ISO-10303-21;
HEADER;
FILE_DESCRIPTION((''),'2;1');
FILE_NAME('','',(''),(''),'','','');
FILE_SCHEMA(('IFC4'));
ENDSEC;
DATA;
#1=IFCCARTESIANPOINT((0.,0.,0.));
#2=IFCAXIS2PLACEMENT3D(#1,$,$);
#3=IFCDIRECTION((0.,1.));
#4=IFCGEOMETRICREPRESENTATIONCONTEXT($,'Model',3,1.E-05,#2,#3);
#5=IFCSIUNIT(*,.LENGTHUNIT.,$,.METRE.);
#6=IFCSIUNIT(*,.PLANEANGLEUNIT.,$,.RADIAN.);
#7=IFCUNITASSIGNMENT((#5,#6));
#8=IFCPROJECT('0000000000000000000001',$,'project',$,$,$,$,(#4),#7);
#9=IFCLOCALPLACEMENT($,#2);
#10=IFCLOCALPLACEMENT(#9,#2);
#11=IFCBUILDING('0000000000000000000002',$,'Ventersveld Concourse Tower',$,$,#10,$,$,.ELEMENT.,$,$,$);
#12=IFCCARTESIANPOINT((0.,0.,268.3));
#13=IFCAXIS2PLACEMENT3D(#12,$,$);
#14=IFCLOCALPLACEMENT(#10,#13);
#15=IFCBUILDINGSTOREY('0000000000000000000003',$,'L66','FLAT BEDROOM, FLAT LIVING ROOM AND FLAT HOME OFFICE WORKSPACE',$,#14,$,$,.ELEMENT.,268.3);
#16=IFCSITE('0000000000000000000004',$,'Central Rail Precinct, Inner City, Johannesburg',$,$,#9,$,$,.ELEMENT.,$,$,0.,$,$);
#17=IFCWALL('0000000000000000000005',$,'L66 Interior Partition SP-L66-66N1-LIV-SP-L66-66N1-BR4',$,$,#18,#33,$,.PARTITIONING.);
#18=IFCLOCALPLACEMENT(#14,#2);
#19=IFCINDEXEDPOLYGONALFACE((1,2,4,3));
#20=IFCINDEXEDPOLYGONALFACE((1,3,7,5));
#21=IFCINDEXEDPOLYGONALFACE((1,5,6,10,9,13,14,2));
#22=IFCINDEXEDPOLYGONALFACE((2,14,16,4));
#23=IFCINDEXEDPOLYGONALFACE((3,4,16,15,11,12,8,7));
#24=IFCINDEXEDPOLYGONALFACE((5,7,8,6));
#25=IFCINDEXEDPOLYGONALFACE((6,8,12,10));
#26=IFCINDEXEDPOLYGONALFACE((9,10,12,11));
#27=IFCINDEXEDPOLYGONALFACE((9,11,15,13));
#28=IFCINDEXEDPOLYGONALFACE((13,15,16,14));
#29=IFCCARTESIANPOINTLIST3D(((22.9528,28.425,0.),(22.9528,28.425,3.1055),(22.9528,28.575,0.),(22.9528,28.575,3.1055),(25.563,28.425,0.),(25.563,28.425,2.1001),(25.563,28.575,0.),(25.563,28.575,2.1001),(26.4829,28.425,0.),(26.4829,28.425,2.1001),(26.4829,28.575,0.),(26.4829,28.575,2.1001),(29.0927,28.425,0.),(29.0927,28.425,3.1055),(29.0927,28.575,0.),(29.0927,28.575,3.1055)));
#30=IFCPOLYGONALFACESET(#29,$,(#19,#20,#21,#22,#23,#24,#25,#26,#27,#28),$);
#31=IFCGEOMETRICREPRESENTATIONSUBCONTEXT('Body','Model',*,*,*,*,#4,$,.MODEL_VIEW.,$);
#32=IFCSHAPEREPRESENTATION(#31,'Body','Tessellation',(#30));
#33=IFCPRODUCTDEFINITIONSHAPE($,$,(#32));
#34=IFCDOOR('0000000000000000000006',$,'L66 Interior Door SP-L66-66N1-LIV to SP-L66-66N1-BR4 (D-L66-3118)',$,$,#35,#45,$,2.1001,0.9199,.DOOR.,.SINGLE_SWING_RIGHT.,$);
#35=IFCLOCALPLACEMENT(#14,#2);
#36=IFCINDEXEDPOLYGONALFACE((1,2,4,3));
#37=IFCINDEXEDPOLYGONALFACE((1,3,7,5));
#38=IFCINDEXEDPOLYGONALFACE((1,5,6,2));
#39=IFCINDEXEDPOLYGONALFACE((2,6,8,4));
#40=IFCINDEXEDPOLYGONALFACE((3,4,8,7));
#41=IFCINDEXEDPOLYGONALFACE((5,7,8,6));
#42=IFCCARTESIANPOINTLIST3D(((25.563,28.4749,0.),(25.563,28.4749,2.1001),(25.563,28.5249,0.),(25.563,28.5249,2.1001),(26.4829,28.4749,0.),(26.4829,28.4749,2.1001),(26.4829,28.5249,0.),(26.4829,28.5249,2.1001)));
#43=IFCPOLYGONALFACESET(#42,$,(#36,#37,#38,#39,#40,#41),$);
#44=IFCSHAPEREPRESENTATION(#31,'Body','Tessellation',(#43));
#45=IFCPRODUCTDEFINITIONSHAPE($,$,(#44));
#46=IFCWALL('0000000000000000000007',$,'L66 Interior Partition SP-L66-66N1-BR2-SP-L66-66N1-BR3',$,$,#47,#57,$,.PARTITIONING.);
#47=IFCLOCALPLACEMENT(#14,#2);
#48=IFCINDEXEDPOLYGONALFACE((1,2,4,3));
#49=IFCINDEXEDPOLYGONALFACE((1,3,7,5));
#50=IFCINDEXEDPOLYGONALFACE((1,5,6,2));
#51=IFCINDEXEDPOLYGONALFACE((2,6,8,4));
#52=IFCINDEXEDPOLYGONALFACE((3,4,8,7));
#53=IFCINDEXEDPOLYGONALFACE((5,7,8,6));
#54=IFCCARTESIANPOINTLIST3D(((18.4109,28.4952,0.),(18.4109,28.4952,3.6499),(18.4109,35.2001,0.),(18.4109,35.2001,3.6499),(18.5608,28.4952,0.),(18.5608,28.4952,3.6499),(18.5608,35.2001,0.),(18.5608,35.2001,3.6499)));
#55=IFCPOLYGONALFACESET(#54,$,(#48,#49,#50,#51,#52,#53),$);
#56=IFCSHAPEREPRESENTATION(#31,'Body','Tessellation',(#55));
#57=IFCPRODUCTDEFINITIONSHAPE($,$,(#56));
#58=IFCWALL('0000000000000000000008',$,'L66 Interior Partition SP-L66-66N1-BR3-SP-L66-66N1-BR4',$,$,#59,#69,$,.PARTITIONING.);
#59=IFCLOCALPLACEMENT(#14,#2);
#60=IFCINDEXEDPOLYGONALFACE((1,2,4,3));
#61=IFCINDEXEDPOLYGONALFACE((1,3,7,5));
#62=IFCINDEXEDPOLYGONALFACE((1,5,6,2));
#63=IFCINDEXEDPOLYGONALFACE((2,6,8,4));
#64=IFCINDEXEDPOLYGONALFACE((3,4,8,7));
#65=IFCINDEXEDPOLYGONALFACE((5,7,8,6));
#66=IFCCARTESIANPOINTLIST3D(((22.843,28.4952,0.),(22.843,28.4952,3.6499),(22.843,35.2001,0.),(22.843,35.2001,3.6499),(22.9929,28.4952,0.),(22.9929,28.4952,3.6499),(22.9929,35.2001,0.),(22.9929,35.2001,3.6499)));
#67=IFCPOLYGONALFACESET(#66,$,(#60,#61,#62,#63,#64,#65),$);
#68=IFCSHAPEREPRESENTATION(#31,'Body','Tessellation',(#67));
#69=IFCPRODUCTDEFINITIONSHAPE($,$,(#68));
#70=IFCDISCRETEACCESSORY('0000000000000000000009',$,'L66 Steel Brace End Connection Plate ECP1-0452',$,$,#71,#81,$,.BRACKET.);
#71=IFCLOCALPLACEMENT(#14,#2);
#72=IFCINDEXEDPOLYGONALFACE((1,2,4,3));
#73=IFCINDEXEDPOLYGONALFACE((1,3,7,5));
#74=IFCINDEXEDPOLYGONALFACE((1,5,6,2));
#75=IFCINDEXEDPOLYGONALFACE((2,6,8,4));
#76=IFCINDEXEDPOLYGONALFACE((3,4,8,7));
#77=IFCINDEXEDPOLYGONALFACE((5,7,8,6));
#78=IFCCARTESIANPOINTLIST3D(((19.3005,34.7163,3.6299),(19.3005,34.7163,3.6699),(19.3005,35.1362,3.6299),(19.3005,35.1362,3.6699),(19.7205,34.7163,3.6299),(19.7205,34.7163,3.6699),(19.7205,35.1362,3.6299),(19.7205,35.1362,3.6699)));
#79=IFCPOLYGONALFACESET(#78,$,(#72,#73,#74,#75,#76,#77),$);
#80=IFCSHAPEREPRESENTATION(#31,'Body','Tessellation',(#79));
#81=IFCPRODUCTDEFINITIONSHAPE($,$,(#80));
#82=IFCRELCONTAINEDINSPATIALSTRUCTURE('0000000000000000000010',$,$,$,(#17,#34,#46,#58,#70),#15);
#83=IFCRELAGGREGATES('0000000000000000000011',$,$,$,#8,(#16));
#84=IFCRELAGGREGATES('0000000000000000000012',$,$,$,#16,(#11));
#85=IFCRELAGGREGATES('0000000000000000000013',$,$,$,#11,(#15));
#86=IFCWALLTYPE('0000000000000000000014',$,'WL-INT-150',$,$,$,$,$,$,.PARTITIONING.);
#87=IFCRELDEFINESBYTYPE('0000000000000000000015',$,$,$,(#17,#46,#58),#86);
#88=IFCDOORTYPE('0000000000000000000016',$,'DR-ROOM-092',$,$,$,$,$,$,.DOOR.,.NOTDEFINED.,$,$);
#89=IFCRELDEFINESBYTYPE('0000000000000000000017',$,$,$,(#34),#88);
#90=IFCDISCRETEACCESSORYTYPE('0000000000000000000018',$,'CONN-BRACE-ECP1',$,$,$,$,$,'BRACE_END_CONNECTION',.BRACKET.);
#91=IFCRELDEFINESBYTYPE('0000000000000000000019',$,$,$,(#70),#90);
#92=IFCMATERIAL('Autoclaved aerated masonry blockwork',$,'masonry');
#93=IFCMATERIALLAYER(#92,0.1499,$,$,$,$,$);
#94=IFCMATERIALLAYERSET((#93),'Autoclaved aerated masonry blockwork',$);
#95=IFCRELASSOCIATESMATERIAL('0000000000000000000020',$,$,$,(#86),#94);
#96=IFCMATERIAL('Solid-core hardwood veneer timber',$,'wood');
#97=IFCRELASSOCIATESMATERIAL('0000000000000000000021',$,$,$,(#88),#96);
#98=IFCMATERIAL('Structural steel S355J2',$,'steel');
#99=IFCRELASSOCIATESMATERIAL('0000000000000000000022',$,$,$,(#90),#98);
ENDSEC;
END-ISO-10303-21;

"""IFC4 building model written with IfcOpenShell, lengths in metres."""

from ifc_helpers import new_model, si_unit, direction, frame, frame_2d, origin, origin_2d, place, context, subcontext, project, spatial, rectangle, extrude, material, layer, layer_set, type_object, element, fill, save


model = new_model("IFC4")

# Units and contexts
model_context = context("Model", 3, precision=1e-05, world=origin(), true_north=direction((0.0, 1.0)))
body_context = subcontext(model_context, "Body", "Model", "MODEL_VIEW")
ifc_project = project(units=[si_unit("LENGTHUNIT", "METRE"), si_unit("PLANEANGLEUNIT", "RADIAN")], contexts=[model_context])

# Site, building, storey
site_placement = place(None, origin())
site = spatial("IfcSite", under=ifc_project, at=site_placement, Name="Central Rail Precinct, Inner City, Johannesburg", CompositionType="ELEMENT", RefElevation=0.0)
building_placement = place(site_placement, origin())
building = spatial("IfcBuilding", under=site, at=building_placement, Name="Ventersveld Concourse Tower", CompositionType="ELEMENT")
storey_placement = place(building_placement, frame((0.0, 0.0, 268.3)))
storey = spatial("IfcBuildingStorey", under=building, at=storey_placement, Name="L66", Description="FLAT BEDROOM, FLAT LIVING ROOM AND FLAT HOME OFFICE WORKSPACE", CompositionType="ELEMENT", Elevation=268.3)

# Shared definitions
ifc_material_1 = material(Name="Structural steel S355J2", Category="steel")

# Wall, opening, door
ifc_material_2 = material(Name="Autoclaved aerated masonry blockwork", Category="masonry")
ifc_layer_1 = layer(ifc_material_2, 0.1499)
ifc_layer_set_1 = layer_set([ifc_layer_1], Name="Autoclaved aerated masonry blockwork")
wall_type = type_object("IfcWallType", Name="WL-INT-150", PredefinedType="PARTITIONING", material=ifc_layer_set_1)
ifc_material_3 = material(Name="Solid-core hardwood veneer timber", Category="wood")
door_type = type_object("IfcDoorType", Name="DR-ROOM-092", OperationType="NOTDEFINED", PredefinedType="DOOR", material=ifc_material_3)
wall_1_placement = place(storey_placement, frame((22.9529, 28.5, 0.0), z_axis=(0.0, 0.0, 1.0), x_axis=(1.0, 0.0, 0.0)))
wall_1 = element("IfcWall", 1, at=wall_1_placement, inside=storey, type_object=wall_type, Name="L66 Interior Partition SP-L66-66N1-LIV-SP-L66-66N1-BR4", PredefinedType="PARTITIONING", context=body_context, shape_type="SweptSolid", body=[
    extrude(rectangle(XDim=6.1399, YDim=0.1499, at=frame_2d((3.0698, 0.0))), origin(), (0.0, 0.0, 1.0), 3.1055),
])
opening_1_placement = place(wall_1_placement, frame((2.6101, 0.0, 0.0)))
opening_1 = element("IfcOpeningElement", 2, at=opening_1_placement, cuts=wall_1, PredefinedType="OPENING", context=body_context, shape_type="SweptSolid", body=[
    extrude(rectangle(XDim=0.9199, YDim=2.1001, at=frame_2d((0.46, 1.05))), frame((0.0, 0.085, 0.0), z_axis=(0.0, -1.0, 0.0), x_axis=(1.0, 0.0, 0.0)), (0.0, 0.0, 1.0), 0.1699),
])
door_1_placement = place(opening_1_placement, origin())
door_1 = element("IfcDoor", 3, at=door_1_placement, inside=storey, type_object=door_type, Name="L66 Interior Door SP-L66-66N1-LIV to SP-L66-66N1-BR4 (D-L66-3118)", OperationType="SINGLE_SWING_RIGHT", OverallHeight=2.1001, OverallWidth=0.9199, PredefinedType="DOOR", context=body_context, shape_type="SweptSolid", body=[
    extrude(rectangle(XDim=0.9199, YDim=2.1001, at=frame_2d((0.46, 1.05))), frame((0.0, 0.0249, 0.0), z_axis=(0.0, -1.0, 0.0), x_axis=(1.0, 0.0, 0.0)), (0.0, 0.0, 1.0), 0.05),
])
fill(opening_1, door_1)

# Walls
for number, where, z_axis, x_axis, name in (
    (4, (18.4858, 28.4951, 0.0), (0.0, 0.0, 1.0), (0.0, 1.0, 0.0), "L66 Interior Partition SP-L66-66N1-BR2-SP-L66-66N1-BR3"),
    (5, (22.918, 28.4951, 0.0), (0.0, 0.0, 1.0), (0.0, 1.0, 0.0), "L66 Interior Partition SP-L66-66N1-BR3-SP-L66-66N1-BR4"),
):
    element("IfcWall", number, at=place(storey_placement, frame(where, z_axis=z_axis, x_axis=x_axis)), inside=storey, type_object=wall_type, Name=name, PredefinedType="PARTITIONING", context=body_context, shape_type="SweptSolid", body=[
        extrude(rectangle(XDim=6.7048, YDim=0.1499, at=frame_2d((3.3525, 0.0))), origin(), (0.0, 0.0, 1.0), 3.6499),
    ])

# Discrete accessory
discrete_accessory_type = type_object("IfcDiscreteAccessoryType", Name="CONN-BRACE-ECP1", ElementType="BRACE_END_CONNECTION", PredefinedType="BRACKET", material=ifc_material_1)
discrete_accessory_placement = place(storey_placement, frame((19.5105, 34.9263, 3.6299), z_axis=(0.0, 0.0, 1.0), x_axis=(1.0, 0.0, 0.0)))
element("IfcDiscreteAccessory", 6, at=discrete_accessory_placement, inside=storey, type_object=discrete_accessory_type, Name="L66 Steel Brace End Connection Plate ECP1-0452", PredefinedType="BRACKET", context=body_context, shape_type="SweptSolid", body=[
    extrude(rectangle(XDim=0.4199, YDim=0.4199, at=origin_2d()), origin(), (0.0, 0.0, 1.0), 0.04),
])

save(model, "model.ifc")
